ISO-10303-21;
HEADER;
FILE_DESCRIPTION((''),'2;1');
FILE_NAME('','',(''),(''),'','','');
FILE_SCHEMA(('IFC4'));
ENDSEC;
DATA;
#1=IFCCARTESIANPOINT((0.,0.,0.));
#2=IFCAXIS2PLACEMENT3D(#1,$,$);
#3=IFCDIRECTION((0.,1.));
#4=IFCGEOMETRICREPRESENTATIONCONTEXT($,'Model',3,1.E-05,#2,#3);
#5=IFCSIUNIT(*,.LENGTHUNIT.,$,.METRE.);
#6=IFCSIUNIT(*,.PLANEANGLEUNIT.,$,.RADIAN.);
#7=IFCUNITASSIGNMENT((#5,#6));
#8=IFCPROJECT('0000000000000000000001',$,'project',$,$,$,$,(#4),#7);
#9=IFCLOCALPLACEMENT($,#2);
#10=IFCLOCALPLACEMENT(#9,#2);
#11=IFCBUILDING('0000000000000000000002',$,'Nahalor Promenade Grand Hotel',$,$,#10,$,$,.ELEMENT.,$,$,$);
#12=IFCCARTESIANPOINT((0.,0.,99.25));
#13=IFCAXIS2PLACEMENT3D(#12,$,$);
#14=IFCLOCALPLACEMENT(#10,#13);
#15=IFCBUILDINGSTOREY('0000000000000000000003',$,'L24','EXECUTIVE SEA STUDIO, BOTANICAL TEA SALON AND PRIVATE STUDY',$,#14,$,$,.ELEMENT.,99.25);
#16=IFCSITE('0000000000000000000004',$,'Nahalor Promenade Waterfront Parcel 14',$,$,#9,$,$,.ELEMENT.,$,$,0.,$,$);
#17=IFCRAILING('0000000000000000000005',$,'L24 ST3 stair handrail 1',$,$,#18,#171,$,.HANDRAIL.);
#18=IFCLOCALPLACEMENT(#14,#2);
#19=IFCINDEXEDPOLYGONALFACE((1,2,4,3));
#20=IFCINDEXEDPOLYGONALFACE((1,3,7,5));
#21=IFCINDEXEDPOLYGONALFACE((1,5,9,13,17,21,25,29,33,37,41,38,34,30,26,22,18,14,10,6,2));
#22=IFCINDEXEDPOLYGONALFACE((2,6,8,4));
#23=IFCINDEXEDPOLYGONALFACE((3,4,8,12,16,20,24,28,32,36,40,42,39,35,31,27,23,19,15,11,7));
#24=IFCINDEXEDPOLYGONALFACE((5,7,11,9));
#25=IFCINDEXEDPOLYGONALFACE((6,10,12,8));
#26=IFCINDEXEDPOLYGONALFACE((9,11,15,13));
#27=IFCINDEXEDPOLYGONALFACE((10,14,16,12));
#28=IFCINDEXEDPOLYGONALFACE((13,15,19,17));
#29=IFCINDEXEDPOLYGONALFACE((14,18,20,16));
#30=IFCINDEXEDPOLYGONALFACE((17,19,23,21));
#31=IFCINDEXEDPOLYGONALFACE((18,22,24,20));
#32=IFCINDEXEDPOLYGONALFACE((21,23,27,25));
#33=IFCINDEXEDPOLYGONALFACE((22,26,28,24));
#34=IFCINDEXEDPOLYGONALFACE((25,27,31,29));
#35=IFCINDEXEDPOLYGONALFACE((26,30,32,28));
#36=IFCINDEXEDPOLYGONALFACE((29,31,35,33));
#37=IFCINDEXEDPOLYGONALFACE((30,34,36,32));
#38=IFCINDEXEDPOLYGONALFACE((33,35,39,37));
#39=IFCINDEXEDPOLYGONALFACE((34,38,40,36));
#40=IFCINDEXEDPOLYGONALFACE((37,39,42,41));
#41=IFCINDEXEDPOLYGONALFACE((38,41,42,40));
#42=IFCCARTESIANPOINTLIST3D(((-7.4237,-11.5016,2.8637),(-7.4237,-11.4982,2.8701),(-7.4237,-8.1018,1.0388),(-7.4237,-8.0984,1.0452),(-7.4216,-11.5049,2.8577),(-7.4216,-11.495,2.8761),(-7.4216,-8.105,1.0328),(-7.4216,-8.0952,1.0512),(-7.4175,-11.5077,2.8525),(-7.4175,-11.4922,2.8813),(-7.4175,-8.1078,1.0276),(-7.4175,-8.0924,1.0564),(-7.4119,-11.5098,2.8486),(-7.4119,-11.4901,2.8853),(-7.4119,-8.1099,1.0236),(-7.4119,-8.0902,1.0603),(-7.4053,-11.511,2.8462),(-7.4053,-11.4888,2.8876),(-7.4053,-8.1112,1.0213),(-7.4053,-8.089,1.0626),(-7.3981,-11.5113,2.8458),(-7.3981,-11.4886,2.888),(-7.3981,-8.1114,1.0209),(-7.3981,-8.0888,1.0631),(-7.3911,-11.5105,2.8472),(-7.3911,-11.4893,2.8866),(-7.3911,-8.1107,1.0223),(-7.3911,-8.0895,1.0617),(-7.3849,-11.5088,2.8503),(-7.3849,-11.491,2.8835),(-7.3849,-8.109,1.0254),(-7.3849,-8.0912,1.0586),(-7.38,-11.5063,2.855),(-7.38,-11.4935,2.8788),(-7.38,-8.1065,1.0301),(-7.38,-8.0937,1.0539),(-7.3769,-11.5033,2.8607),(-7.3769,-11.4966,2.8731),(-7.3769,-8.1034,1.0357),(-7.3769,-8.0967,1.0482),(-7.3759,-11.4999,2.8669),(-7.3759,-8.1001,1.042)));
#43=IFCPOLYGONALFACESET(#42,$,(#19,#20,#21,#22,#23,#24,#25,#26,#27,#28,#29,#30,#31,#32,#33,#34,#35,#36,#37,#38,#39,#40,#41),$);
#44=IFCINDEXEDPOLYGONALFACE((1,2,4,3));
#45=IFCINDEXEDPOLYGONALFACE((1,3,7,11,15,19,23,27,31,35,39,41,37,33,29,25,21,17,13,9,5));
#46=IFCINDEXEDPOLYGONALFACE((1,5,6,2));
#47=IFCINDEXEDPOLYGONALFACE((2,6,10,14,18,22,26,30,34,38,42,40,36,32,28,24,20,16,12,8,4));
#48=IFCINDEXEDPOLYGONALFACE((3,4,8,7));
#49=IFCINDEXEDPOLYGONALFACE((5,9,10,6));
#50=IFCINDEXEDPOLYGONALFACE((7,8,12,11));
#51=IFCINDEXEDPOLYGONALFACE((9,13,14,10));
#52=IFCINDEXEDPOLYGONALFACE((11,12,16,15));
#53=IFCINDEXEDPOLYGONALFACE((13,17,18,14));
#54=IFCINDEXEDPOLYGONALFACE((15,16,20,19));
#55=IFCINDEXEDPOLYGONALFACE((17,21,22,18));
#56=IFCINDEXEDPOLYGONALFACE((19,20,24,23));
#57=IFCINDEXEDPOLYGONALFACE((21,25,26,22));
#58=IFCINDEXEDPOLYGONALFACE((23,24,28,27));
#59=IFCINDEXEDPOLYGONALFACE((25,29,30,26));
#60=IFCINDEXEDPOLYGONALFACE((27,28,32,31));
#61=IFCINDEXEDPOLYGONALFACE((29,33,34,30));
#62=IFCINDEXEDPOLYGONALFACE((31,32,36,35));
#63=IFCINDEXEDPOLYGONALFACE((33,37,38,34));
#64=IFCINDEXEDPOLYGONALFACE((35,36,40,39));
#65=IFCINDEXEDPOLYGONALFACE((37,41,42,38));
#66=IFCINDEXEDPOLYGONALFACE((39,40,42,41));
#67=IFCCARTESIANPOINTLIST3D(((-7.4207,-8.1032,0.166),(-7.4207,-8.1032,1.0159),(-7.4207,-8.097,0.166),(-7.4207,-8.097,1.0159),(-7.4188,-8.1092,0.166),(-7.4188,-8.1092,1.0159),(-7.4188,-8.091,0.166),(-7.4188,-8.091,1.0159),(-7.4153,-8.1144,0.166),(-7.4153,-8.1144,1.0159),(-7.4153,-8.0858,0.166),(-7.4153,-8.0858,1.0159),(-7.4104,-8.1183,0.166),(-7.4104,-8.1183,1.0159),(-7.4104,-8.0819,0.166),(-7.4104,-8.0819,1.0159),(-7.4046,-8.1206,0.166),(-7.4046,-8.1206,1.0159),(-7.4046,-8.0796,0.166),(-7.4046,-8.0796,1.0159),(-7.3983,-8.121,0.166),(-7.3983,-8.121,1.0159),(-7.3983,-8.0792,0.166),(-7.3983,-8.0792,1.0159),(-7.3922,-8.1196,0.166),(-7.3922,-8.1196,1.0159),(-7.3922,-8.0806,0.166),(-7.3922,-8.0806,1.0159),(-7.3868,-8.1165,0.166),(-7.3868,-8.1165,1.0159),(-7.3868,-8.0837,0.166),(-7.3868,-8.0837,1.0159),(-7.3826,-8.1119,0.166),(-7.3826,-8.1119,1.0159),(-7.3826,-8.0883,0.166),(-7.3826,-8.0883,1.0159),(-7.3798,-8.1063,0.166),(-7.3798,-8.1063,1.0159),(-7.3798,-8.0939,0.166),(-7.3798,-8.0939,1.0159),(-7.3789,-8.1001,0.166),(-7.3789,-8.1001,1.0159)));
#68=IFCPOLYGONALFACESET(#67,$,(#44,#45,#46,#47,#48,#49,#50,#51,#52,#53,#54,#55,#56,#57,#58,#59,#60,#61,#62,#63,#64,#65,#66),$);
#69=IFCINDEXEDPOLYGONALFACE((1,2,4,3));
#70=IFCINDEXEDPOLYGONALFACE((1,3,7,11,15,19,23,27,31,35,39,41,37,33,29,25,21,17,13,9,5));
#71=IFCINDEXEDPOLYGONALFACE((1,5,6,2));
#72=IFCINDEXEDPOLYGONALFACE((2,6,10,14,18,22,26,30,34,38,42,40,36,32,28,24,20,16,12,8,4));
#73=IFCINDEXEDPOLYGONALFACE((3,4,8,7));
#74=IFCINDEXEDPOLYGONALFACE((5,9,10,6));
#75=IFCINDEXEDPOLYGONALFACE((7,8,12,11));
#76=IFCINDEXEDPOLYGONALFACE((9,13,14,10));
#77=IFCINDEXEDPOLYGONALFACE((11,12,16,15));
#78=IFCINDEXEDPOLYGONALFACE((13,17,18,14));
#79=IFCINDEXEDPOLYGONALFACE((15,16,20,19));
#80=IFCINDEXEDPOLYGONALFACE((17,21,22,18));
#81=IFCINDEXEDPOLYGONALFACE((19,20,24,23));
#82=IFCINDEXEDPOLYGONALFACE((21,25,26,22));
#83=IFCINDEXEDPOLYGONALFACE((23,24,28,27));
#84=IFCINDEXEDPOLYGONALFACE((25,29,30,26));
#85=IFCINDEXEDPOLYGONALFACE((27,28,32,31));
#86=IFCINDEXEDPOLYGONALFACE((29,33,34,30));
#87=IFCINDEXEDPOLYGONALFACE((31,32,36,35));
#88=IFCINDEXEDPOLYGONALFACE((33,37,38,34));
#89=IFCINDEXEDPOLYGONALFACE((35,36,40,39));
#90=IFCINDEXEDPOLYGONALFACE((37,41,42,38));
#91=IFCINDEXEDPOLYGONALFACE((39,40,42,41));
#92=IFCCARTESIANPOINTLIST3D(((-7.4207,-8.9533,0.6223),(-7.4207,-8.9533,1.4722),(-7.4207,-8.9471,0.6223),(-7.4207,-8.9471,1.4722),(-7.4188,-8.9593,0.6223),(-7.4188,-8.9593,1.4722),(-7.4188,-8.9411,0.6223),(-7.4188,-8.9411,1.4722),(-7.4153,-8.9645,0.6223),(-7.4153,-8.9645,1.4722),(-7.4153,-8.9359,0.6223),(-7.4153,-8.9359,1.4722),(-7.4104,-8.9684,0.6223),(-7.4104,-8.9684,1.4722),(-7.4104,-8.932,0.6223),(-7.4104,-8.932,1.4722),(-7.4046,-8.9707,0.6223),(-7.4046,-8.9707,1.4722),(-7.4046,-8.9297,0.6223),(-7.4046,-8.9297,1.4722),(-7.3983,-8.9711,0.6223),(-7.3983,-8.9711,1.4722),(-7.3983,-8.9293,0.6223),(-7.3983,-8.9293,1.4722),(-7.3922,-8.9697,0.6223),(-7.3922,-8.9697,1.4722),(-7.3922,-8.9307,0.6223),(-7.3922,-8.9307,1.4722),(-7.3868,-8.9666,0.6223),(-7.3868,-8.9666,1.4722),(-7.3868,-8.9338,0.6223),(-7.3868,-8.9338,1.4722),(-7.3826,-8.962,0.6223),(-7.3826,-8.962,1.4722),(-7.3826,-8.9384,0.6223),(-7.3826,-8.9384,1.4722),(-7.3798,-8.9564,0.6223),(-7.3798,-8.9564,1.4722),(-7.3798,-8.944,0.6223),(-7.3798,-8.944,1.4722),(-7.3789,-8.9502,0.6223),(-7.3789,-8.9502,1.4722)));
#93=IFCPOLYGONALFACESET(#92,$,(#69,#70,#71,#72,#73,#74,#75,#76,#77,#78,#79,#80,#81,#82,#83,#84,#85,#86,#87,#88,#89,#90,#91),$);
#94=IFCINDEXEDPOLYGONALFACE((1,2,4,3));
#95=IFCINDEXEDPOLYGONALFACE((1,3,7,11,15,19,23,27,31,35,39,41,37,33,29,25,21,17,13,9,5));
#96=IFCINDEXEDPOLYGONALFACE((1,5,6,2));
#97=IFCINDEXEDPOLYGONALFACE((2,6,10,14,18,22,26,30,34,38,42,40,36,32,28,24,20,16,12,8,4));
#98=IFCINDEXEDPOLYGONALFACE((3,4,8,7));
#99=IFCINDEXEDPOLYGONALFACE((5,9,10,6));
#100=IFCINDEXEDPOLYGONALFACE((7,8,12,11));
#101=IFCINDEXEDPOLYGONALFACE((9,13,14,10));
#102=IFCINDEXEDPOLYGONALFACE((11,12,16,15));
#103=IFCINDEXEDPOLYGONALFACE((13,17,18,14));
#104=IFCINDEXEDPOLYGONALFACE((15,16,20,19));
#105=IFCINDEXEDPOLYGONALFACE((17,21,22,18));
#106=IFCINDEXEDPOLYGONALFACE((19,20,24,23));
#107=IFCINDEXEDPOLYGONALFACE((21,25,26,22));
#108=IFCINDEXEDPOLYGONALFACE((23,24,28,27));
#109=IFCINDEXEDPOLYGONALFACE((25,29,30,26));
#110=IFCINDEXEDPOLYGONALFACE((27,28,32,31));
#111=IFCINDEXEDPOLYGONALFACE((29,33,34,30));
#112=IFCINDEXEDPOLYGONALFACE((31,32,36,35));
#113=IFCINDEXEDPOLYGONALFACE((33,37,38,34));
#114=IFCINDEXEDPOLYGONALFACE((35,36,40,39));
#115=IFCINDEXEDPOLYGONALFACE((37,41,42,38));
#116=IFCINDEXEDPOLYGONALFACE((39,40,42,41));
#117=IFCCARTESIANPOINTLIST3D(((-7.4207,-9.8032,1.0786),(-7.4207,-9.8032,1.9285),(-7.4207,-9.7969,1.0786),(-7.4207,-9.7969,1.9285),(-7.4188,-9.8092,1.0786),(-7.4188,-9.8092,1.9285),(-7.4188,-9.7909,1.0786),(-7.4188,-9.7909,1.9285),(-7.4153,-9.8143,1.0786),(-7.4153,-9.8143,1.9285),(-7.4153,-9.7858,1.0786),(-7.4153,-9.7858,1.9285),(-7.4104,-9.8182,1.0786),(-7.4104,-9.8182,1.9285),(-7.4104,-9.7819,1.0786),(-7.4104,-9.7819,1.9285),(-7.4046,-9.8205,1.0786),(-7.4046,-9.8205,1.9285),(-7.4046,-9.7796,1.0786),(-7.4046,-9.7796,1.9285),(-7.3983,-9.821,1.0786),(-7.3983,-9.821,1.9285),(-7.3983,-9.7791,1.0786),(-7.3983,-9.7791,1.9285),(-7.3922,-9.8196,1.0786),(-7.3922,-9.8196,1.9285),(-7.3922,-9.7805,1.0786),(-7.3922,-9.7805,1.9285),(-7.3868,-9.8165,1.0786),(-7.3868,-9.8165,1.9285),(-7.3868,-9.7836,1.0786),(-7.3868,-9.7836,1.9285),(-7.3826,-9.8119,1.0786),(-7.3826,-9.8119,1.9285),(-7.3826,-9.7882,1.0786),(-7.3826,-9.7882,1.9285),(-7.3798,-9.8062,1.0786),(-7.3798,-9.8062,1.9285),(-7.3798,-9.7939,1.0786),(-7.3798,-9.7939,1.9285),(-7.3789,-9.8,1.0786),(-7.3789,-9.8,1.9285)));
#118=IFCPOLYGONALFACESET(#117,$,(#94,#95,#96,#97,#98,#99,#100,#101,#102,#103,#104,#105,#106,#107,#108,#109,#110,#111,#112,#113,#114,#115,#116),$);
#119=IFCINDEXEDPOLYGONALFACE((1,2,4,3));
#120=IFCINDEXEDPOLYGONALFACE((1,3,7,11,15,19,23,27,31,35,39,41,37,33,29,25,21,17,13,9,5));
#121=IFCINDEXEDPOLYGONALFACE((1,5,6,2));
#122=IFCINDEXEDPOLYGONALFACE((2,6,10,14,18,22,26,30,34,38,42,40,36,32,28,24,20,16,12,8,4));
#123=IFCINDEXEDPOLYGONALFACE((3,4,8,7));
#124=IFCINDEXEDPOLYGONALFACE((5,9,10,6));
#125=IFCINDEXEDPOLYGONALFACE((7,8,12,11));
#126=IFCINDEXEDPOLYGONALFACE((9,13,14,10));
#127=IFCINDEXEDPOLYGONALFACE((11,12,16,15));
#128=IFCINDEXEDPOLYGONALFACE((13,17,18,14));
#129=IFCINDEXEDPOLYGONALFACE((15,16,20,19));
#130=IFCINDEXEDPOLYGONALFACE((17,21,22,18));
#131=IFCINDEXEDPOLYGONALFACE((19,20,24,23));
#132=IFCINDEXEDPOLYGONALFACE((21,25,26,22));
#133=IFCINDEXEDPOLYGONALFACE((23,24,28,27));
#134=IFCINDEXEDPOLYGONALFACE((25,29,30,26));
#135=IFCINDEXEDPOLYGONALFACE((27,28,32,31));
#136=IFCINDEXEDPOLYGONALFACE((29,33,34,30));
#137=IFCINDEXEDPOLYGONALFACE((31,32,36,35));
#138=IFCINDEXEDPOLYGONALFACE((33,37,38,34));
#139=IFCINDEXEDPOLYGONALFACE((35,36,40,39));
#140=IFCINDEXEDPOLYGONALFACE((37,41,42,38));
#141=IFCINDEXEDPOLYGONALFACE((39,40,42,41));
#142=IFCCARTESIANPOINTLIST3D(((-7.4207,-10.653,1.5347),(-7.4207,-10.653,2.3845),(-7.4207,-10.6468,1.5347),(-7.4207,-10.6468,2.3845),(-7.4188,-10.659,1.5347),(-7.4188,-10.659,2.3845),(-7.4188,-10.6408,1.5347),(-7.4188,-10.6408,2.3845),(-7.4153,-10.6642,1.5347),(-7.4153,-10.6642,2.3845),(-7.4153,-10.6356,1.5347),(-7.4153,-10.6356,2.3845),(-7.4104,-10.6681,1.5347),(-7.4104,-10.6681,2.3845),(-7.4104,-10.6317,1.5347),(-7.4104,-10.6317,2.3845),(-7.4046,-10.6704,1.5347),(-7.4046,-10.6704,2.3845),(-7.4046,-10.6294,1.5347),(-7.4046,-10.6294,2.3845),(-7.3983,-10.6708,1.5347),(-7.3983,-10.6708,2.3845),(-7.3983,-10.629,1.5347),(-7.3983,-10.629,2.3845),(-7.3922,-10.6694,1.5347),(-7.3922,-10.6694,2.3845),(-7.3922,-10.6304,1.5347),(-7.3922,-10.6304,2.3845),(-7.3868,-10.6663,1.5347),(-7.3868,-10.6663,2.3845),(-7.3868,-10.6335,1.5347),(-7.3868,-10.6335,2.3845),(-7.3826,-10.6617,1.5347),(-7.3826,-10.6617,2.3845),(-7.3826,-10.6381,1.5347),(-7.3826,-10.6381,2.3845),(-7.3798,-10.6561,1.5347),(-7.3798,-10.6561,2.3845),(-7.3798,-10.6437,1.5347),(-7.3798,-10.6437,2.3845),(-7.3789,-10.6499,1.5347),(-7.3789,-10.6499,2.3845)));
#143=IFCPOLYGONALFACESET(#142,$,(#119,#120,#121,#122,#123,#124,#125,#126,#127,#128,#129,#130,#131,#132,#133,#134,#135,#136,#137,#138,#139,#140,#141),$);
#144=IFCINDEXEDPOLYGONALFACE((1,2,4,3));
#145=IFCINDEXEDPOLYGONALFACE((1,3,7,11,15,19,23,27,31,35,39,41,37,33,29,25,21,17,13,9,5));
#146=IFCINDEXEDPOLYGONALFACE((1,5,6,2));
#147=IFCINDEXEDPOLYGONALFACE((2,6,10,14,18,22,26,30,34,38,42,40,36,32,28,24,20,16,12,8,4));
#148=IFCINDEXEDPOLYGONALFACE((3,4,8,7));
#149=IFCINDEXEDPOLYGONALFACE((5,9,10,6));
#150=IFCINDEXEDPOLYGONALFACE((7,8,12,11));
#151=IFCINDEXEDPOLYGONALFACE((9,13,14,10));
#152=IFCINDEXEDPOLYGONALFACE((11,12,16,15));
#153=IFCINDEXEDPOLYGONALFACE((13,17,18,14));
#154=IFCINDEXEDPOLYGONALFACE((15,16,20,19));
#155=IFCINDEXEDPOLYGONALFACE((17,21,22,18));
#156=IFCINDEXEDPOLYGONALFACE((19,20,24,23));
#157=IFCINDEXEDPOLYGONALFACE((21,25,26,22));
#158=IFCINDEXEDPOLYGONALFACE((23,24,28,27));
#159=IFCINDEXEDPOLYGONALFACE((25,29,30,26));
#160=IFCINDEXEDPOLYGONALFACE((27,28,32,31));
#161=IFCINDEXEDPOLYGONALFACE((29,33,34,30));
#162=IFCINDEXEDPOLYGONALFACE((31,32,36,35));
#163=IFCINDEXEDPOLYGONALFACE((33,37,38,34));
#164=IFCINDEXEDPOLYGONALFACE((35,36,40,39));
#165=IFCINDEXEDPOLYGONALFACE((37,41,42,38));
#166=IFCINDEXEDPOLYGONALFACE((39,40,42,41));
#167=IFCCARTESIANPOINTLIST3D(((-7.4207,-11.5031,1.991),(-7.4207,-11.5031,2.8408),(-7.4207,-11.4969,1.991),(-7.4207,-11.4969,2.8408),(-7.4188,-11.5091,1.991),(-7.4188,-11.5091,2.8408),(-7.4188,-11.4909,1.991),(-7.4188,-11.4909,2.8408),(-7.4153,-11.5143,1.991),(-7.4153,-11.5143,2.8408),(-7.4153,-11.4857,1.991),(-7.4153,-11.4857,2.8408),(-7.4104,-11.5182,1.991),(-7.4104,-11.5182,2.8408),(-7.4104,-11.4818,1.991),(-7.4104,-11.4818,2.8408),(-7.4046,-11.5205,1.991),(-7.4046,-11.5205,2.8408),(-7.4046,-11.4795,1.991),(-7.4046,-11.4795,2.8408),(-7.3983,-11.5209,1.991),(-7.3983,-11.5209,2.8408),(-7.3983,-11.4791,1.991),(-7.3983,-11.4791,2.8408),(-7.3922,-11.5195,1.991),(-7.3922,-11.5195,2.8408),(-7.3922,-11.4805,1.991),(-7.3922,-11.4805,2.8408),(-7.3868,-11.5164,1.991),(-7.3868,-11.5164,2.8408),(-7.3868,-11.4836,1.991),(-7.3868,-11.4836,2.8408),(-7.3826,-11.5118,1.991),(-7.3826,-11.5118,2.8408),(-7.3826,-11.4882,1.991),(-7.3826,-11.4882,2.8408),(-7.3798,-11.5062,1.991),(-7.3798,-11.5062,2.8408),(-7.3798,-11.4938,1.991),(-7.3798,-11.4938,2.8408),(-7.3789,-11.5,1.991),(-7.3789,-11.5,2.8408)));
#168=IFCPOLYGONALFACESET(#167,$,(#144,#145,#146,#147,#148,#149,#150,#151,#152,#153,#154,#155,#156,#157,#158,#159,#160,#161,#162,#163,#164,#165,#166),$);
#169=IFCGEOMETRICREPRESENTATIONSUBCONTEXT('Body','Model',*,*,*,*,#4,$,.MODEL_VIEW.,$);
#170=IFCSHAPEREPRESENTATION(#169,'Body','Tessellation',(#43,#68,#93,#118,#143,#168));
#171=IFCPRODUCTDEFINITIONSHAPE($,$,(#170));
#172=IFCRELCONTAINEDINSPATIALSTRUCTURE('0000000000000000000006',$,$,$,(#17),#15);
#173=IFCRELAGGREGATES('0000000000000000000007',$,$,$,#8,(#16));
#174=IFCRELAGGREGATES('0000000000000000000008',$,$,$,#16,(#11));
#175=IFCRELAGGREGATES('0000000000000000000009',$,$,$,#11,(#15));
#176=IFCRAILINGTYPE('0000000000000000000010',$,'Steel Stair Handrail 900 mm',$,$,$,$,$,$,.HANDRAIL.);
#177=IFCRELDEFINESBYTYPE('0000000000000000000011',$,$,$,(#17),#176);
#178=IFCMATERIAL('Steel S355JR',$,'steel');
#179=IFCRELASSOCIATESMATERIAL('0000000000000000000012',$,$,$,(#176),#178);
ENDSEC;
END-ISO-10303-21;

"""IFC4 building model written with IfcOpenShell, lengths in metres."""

from ifc_helpers import new_model, si_unit, direction, frame, origin, origin_2d, place, context, subcontext, project, spatial, circle, extrude, material, type_object, element, save


model = new_model("IFC4")

# Units and contexts
model_context = context("Model", 3, precision=1e-05, world=origin(), true_north=direction((0.0, 1.0)))
body_context = subcontext(model_context, "Body", "Model", "MODEL_VIEW")
ifc_project = project(units=[si_unit("LENGTHUNIT", "METRE"), si_unit("PLANEANGLEUNIT", "RADIAN")], contexts=[model_context])

# Site, building, storey
site_placement = place(None, origin())
site = spatial("IfcSite", under=ifc_project, at=site_placement, Name="Nahalor Promenade Waterfront Parcel 14", CompositionType="ELEMENT", RefElevation=0.0)
building_placement = place(site_placement, origin())
building = spatial("IfcBuilding", under=site, at=building_placement, Name="Nahalor Promenade Grand Hotel", CompositionType="ELEMENT")
storey_placement = place(building_placement, frame((0.0, 0.0, 99.25)))
storey = spatial("IfcBuildingStorey", under=building, at=storey_placement, Name="L24", Description="EXECUTIVE SEA STUDIO, BOTANICAL TEA SALON AND PRIVATE STUDY", CompositionType="ELEMENT", Elevation=99.25)

# Shared definitions
ifc_material_1 = material(Name="Steel S355JR", Category="steel")

# Railing
railing_type_1 = type_object("IfcRailingType", Name="Steel Stair Handrail 900 mm", PredefinedType="HANDRAIL", material=ifc_material_1)
railing_1_placement = place(storey_placement, frame((-7.3999, -8.1001, 0.166)))
element("IfcRailing", 1, at=railing_1_placement, inside=storey, type_object=railing_type_1, Name="L24 ST3 stair handrail 1", PredefinedType="HANDRAIL", context=body_context, shape_type="SweptSolid", body=[
    extrude(circle(Radius=0.024, at=origin_2d()), frame((0.0, 0.0, 0.876), z_axis=(0.0, -0.881094, 0.472941), x_axis=(1.0, 0.0, 0.0)), (0.0, 0.0, 1.0), 3.8586),
    extrude(circle(Radius=0.021, at=origin_2d()), origin(), (0.0, 0.0, 1.0), 0.8499),
    extrude(circle(Radius=0.021, at=origin_2d()), frame((0.0, -0.8501, 0.4563)), (0.0, 0.0, 1.0), 0.8499),
    extrude(circle(Radius=0.021, at=origin_2d()), frame((0.0, -1.7, 0.9126)), (0.0, 0.0, 1.0), 0.8499),
    extrude(circle(Radius=0.021, at=origin_2d()), frame((0.0, -2.5498, 1.3687)), (0.0, 0.0, 1.0), 0.8499),
    extrude(circle(Radius=0.021, at=origin_2d()), frame((0.0, -3.3999, 1.825)), (0.0, 0.0, 1.0), 0.8499),
])

save(model, "model.ifc")
